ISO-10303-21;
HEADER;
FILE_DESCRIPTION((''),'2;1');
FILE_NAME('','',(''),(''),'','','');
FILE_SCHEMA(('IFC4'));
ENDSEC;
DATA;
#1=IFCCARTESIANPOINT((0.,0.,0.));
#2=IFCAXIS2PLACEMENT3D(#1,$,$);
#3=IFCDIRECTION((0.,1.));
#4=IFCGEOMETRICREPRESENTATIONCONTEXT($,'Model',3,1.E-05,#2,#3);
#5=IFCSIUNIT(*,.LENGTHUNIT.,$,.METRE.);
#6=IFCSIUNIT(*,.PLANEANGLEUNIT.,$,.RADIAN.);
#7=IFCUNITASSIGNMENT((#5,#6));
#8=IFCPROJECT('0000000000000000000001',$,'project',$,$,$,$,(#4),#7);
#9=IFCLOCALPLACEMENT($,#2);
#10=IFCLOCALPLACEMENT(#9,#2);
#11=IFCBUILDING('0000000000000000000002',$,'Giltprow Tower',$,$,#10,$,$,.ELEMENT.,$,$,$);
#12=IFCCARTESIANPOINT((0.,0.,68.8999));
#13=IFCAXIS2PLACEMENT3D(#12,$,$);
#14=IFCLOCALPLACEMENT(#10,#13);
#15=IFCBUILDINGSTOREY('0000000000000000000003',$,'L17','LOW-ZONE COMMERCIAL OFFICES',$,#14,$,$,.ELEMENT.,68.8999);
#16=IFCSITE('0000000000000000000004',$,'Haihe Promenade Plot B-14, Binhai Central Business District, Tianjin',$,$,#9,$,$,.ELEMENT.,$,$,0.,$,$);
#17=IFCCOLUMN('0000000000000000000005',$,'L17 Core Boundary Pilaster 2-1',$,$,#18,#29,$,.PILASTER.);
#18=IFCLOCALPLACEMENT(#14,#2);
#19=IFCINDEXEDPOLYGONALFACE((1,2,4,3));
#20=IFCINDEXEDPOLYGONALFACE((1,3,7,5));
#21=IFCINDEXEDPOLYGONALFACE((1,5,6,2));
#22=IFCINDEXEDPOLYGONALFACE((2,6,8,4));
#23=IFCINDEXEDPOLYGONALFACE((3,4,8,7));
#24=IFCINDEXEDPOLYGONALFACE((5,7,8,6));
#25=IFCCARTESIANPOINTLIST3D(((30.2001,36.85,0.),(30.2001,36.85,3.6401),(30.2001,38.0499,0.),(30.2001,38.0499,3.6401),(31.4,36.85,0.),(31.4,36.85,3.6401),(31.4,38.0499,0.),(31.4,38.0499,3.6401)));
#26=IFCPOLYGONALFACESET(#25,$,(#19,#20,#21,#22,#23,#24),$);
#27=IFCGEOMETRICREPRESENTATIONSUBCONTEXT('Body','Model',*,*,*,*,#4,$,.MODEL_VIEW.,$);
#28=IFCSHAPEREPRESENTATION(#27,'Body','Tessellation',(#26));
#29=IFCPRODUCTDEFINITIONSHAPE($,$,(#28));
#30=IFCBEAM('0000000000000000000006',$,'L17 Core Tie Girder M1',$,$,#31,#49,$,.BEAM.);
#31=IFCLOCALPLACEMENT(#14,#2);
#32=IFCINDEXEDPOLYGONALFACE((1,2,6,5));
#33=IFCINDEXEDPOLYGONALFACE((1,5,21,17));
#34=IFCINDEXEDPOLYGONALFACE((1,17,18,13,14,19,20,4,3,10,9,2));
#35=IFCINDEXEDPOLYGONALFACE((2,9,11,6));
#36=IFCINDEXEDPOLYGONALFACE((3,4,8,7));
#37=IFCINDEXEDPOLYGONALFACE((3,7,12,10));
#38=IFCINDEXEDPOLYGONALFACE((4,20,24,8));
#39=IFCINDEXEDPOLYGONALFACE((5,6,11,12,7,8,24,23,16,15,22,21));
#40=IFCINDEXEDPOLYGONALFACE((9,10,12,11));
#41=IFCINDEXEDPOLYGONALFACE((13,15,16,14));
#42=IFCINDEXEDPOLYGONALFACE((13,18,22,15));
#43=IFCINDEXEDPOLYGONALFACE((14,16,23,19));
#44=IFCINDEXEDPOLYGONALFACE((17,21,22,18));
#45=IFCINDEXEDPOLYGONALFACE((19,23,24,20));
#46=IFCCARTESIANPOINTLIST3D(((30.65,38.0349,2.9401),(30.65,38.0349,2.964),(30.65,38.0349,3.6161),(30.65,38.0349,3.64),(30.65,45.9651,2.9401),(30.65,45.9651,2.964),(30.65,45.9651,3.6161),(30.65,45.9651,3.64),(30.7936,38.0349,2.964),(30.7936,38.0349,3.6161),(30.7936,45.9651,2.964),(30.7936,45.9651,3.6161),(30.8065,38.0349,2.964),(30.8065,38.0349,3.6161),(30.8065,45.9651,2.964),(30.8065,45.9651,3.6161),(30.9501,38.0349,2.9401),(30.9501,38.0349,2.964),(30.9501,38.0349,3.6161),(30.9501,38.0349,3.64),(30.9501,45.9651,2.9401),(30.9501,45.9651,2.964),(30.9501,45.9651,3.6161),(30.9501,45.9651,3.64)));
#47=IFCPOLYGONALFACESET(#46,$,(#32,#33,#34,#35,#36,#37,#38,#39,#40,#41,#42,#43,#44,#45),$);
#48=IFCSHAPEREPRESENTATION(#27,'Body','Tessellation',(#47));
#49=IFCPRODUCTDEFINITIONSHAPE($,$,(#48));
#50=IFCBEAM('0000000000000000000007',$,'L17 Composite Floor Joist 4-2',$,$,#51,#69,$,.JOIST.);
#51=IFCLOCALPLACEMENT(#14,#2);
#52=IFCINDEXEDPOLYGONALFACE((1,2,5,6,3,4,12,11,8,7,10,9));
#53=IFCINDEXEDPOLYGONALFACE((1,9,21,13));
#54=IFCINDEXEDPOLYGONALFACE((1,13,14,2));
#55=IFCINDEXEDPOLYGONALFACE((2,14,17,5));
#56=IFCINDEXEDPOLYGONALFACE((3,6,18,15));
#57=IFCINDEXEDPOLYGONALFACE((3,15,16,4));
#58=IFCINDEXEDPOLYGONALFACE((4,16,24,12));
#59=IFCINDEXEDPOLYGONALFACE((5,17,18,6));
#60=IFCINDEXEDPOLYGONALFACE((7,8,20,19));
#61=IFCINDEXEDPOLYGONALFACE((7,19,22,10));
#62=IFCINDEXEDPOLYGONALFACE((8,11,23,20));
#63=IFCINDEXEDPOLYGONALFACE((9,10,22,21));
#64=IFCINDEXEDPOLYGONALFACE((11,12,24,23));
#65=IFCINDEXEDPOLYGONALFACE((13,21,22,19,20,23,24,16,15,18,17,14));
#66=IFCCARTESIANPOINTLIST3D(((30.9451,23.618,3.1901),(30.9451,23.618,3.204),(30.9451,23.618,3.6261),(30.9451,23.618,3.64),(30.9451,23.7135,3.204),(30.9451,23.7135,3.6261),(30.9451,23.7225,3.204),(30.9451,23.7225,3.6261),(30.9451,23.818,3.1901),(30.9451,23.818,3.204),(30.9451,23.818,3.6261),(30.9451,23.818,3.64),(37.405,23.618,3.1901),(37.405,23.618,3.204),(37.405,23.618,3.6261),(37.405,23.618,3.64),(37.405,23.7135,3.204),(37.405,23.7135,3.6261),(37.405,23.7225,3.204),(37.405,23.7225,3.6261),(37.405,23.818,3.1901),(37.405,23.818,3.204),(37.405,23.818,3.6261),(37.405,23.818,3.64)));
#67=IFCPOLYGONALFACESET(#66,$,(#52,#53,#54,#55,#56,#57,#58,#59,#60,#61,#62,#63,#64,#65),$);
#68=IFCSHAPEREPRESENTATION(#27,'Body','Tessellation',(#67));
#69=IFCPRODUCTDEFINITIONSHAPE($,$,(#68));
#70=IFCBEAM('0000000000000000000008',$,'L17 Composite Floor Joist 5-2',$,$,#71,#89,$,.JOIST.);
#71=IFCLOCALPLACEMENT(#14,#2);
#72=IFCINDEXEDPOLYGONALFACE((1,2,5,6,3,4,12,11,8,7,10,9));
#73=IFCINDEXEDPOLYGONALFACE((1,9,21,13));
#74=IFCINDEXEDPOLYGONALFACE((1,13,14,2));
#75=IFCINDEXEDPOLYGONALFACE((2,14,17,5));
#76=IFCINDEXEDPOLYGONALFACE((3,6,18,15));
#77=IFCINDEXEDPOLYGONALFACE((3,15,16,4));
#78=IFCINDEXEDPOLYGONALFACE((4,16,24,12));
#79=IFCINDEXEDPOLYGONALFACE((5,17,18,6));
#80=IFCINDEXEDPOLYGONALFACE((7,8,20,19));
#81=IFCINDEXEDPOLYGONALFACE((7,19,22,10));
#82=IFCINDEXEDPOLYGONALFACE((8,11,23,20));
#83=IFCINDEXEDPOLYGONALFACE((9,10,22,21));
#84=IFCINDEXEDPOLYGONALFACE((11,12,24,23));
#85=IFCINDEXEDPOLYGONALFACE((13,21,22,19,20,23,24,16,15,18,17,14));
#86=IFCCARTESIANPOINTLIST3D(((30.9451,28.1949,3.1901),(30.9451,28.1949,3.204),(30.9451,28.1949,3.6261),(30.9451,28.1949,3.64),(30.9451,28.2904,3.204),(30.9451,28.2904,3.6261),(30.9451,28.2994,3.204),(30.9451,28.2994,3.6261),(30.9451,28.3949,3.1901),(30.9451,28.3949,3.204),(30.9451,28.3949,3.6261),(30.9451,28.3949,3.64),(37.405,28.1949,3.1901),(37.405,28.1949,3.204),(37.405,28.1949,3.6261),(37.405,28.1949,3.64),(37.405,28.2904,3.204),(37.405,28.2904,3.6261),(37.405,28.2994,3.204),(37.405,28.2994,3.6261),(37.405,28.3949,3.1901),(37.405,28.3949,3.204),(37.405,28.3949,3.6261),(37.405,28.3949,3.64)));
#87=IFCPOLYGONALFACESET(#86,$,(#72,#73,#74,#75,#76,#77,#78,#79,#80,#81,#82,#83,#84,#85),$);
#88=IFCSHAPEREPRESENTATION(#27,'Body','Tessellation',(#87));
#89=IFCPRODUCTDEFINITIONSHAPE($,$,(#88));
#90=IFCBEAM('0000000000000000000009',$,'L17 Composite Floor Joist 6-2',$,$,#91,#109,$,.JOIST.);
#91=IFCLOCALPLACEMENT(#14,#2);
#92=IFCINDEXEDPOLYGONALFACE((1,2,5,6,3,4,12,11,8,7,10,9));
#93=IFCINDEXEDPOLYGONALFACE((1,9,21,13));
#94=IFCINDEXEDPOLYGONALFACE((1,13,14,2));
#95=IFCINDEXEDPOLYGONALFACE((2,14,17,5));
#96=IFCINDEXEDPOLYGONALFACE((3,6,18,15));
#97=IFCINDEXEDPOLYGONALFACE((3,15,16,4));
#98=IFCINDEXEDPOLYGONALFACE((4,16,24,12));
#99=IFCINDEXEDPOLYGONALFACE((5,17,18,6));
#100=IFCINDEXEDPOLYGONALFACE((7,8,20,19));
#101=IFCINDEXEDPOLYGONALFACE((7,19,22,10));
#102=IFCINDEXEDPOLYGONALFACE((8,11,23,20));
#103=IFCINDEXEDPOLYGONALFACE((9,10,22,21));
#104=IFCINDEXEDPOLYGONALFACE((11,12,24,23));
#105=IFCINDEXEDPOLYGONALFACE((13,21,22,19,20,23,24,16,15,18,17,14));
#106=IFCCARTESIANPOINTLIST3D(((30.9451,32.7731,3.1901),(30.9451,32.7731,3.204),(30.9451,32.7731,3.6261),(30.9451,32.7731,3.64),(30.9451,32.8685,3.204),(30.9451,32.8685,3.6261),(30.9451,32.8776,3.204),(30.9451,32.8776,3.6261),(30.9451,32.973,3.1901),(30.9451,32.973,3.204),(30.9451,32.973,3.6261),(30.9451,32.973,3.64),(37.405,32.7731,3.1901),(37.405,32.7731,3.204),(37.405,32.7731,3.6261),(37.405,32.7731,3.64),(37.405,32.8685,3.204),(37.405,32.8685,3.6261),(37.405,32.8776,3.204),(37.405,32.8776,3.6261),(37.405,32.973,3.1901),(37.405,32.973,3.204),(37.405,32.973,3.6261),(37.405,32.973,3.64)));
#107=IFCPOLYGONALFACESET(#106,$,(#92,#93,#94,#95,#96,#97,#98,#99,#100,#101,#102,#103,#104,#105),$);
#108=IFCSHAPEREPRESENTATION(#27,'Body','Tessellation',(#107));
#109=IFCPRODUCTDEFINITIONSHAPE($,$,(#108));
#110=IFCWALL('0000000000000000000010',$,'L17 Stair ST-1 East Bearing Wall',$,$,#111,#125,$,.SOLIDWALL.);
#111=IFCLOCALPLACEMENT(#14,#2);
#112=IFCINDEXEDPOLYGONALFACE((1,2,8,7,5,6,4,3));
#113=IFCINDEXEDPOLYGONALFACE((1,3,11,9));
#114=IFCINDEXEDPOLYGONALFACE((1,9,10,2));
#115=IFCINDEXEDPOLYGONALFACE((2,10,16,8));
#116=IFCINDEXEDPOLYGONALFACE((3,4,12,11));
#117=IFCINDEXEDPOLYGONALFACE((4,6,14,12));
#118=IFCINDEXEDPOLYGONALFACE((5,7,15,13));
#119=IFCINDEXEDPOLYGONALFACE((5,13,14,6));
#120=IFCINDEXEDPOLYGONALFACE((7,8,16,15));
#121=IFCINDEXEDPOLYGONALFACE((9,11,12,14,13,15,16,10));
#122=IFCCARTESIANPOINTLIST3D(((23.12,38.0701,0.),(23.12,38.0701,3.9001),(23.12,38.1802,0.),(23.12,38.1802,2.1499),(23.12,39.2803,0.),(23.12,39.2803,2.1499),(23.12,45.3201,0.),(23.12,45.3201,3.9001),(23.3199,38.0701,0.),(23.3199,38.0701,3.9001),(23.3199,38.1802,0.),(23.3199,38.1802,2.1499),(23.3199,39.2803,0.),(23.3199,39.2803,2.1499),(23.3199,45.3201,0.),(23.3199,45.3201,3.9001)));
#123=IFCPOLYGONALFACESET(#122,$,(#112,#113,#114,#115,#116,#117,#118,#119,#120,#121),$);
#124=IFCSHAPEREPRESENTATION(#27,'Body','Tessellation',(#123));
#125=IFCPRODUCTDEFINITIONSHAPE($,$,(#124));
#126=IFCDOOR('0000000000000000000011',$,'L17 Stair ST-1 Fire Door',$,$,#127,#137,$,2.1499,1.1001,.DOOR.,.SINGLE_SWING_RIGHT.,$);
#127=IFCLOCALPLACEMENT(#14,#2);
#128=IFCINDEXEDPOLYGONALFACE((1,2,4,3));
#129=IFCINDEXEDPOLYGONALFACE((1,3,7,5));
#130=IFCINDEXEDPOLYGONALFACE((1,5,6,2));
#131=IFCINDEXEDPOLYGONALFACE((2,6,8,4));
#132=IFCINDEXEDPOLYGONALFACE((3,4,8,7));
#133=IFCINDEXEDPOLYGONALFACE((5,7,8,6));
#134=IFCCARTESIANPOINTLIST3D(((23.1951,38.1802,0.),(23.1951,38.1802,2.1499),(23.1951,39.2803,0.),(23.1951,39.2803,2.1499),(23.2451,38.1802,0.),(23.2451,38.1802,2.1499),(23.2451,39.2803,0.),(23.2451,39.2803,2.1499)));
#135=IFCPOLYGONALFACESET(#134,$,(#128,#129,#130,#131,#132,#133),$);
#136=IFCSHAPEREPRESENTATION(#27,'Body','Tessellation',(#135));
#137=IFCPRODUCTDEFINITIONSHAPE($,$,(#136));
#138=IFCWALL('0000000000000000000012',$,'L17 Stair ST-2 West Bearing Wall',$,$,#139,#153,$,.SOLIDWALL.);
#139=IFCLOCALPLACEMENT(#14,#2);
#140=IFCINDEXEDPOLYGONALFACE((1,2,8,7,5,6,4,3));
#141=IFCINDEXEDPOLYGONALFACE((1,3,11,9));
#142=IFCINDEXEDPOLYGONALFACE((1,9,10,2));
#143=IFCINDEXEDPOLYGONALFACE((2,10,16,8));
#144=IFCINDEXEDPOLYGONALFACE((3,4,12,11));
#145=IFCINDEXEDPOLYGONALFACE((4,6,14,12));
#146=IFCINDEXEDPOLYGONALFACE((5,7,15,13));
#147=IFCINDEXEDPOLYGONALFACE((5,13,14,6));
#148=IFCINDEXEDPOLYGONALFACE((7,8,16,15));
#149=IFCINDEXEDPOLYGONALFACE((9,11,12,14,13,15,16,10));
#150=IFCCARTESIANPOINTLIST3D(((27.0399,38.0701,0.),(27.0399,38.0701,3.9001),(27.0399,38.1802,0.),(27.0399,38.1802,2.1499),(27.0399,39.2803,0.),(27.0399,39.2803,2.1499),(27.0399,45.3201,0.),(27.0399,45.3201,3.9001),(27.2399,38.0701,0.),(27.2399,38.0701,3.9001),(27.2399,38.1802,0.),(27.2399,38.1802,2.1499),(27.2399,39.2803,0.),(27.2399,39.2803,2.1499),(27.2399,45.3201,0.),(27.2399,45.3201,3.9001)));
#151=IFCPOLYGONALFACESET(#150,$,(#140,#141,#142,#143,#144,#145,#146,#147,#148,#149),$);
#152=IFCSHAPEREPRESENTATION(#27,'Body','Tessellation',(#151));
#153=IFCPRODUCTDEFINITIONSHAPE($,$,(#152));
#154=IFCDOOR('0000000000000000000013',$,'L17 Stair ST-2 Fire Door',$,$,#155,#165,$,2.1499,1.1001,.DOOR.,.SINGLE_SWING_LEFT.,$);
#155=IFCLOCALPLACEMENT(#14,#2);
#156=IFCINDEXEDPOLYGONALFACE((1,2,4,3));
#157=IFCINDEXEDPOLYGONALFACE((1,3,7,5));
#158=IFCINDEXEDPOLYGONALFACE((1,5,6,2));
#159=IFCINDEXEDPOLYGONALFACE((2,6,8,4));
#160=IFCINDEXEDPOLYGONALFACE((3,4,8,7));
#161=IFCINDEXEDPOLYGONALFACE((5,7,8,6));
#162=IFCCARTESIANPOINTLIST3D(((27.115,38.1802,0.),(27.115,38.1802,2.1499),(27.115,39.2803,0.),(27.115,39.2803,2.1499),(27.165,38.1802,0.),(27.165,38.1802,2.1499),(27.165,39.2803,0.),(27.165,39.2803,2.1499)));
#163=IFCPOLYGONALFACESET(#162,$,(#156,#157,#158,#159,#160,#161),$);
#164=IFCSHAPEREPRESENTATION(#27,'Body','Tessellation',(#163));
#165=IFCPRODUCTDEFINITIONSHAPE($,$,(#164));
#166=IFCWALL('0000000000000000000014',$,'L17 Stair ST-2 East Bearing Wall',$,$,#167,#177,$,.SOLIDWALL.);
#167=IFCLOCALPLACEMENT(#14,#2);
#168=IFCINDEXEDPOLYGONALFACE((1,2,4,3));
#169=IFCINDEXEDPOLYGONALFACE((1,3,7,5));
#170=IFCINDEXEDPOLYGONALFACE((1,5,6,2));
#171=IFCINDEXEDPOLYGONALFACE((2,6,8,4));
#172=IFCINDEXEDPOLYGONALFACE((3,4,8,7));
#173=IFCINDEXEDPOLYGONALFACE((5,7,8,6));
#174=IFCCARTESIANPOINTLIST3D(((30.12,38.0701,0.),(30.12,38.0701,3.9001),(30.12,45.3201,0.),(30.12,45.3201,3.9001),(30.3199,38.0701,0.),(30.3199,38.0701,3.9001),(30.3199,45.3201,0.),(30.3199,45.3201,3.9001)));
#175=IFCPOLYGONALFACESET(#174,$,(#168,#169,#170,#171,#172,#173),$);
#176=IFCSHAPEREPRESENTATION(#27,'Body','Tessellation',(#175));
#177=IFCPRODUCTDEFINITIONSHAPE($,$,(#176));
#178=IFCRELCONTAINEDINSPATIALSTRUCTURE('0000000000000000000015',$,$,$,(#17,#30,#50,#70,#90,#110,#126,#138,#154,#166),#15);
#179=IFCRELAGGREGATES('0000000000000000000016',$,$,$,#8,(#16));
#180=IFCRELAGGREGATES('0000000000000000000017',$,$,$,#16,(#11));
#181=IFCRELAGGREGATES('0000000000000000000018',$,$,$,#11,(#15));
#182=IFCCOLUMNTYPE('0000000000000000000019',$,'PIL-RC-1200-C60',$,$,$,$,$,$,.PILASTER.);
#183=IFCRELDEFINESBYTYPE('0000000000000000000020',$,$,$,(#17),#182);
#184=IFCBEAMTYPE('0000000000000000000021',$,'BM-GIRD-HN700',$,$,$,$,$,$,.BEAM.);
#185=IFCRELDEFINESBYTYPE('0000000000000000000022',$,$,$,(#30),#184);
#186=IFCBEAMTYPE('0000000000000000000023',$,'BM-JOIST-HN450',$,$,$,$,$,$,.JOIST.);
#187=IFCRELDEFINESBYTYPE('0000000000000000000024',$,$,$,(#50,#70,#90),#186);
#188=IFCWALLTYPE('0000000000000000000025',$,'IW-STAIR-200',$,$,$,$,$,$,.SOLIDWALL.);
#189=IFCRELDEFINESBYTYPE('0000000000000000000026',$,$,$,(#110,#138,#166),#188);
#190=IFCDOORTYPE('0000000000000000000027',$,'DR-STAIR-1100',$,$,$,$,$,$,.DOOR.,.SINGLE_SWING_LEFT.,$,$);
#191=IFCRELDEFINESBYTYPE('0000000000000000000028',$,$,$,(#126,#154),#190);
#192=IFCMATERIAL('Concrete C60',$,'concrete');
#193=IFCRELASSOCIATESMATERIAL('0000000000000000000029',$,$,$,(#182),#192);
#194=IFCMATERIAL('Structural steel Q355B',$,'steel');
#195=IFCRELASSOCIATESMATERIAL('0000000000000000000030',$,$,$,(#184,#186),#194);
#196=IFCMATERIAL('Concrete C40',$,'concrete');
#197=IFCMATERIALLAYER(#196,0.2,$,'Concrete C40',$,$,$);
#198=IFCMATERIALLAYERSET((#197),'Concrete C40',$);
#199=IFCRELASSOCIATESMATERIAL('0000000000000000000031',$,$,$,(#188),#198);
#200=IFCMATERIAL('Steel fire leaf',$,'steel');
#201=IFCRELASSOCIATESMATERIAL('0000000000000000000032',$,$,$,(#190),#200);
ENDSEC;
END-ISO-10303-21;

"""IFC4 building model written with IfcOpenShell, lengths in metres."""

from ifc_helpers import new_model, si_unit, direction, frame, frame_2d, origin, origin_2d, place, context, subcontext, project, spatial, rectangle, i_section, extrude, source, transform, mapped, material, layer, layer_set, material_profile, profile_set, type_object, element, fill, save


model = new_model("IFC4")

# Units and contexts
model_context = context("Model", 3, precision=1e-05, world=origin(), true_north=direction((0.0, 1.0)))
body_context = subcontext(model_context, "Body", "Model", "MODEL_VIEW")
ifc_project = project(units=[si_unit("LENGTHUNIT", "METRE"), si_unit("PLANEANGLEUNIT", "RADIAN")], contexts=[model_context])

# Site, building, storey
site_placement = place(None, origin())
site = spatial("IfcSite", under=ifc_project, at=site_placement, Name="Haihe Promenade Plot B-14, Binhai Central Business District, Tianjin", CompositionType="ELEMENT", RefElevation=0.0)
building_placement = place(site_placement, origin())
building = spatial("IfcBuilding", under=site, at=building_placement, Name="Giltprow Tower", CompositionType="ELEMENT")
storey_placement = place(building_placement, frame((0.0, 0.0, 68.8999)))
storey = spatial("IfcBuildingStorey", under=building, at=storey_placement, Name="L17", Description="LOW-ZONE COMMERCIAL OFFICES", CompositionType="ELEMENT", Elevation=68.8999)

# Column
ifc_material_1 = material(Name="Concrete C60", Category="concrete")
ifc_material_profile_1 = material_profile(ifc_material_1, rectangle(XDim=1.2, YDim=1.2, at=origin_2d()), Name="RC 1200x1200")
ifc_profile_set_1 = profile_set([ifc_material_profile_1], Name="Concrete C60")
column_type = type_object("IfcColumnType", Name="PIL-RC-1200-C60", PredefinedType="PILASTER", material=ifc_profile_set_1)
shared_shape_1 = source(origin(), body_context, "Body", "SweptSolid", [
    extrude(rectangle(XDim=1.2, YDim=1.2, at=origin_2d()), origin(), (0.0, 0.0, 1.0), 3.6401),
])
column_placement = place(storey_placement, frame((30.8, 37.45, 0.0), z_axis=(0.0, 0.0, 1.0), x_axis=(1.0, 0.0, 0.0)))
element("IfcColumn", 1, at=column_placement, inside=storey, type_object=column_type, Name="L17 Core Boundary Pilaster 2-1", PredefinedType="PILASTER", context=body_context, shape_type="MappedRepresentation", body=[
    mapped(shared_shape_1, transform((0.0, 0.0, 0.0), x_axis=(1.0, 0.0, 0.0), y_axis=(0.0, 1.0, 0.0), z_axis=(0.0, 0.0, 1.0), scale=1.0)),
])

# Beams
ifc_material_2 = material(Name="Structural steel Q355B", Category="steel")
ifc_material_profile_2 = material_profile(ifc_material_2, i_section(OverallWidth=0.3, OverallDepth=0.7, WebThickness=0.0129, FlangeThickness=0.0239, at=origin_2d()), Name="HN 700x300x13x24")
ifc_profile_set_2 = profile_set([ifc_material_profile_2], Name="Structural steel Q355B")
beam_type_1 = type_object("IfcBeamType", Name="BM-GIRD-HN700", PredefinedType="BEAM", material=ifc_profile_set_2)
shared_shape_2 = source(origin(), body_context, "Body", "SweptSolid", [
    extrude(i_section(OverallWidth=0.3, OverallDepth=0.7, WebThickness=0.0129, FlangeThickness=0.0239, at=origin_2d()), origin(), (0.0, 0.0, 1.0), 7.9302),
])
beam_placement = place(storey_placement, frame((30.8, 38.0349, 3.29), z_axis=(0.0, 1.0, 0.0), x_axis=(-1.0, 0.0, 0.0)))
element("IfcBeam", 2, at=beam_placement, inside=storey, type_object=beam_type_1, Name="L17 Core Tie Girder M1", PredefinedType="BEAM", context=body_context, shape_type="MappedRepresentation", body=[
    mapped(shared_shape_2, transform((0.0, 0.0, 0.0), x_axis=(1.0, 0.0, 0.0), y_axis=(0.0, 1.0, 0.0), z_axis=(0.0, 0.0, 1.0), scale=1.0)),
])
ifc_material_profile_3 = material_profile(ifc_material_2, i_section(OverallWidth=0.2, OverallDepth=0.45, WebThickness=0.009, FlangeThickness=0.0139, at=origin_2d()), Name="HN 450x200x9x14")
ifc_profile_set_3 = profile_set([ifc_material_profile_3], Name="Structural steel Q355B")
beam_type_2 = type_object("IfcBeamType", Name="BM-JOIST-HN450", PredefinedType="JOIST", material=ifc_profile_set_3)
shared_shape_3 = source(origin(), body_context, "Body", "SweptSolid", [
    extrude(i_section(OverallWidth=0.2, OverallDepth=0.45, WebThickness=0.009, FlangeThickness=0.0139, at=origin_2d()), origin(), (0.0, 0.0, 1.0), 6.46),
])
for number, where, z_axis, x_axis, name in (
    (3, (30.9451, 23.718, 3.415), (1.0, 0.0, 0.0), (0.0, 1.0, 0.0), "L17 Composite Floor Joist 4-2"),
    (4, (30.9451, 28.2949, 3.415), (1.0, 0.0, 0.0), (0.0, 1.0, 0.0), "L17 Composite Floor Joist 5-2"),
    (5, (30.9451, 32.873, 3.415), (1.0, 0.0, 0.0), (0.0, 1.0, 0.0), "L17 Composite Floor Joist 6-2"),
):
    element("IfcBeam", number, at=place(storey_placement, frame(where, z_axis=z_axis, x_axis=x_axis)), inside=storey, type_object=beam_type_2, Name=name, PredefinedType="JOIST", context=body_context, shape_type="MappedRepresentation", body=[
        mapped(shared_shape_3, transform((0.0, 0.0, 0.0), x_axis=(1.0, 0.0, 0.0), y_axis=(0.0, 1.0, 0.0), z_axis=(0.0, 0.0, 1.0), scale=1.0)),
    ])

# Walls, openings, doors
ifc_material_3 = material(Name="Concrete C40", Category="concrete")
ifc_layer_1 = layer(ifc_material_3, 0.2, Name="Concrete C40")
ifc_layer_set_1 = layer_set([ifc_layer_1], Name="Concrete C40")
wall_type_1 = type_object("IfcWallType", Name="IW-STAIR-200", PredefinedType="SOLIDWALL", material=ifc_layer_set_1)
wall_1_placement = place(storey_placement, frame((23.22, 38.0701, 0.0), z_axis=(0.0, 0.0, 1.0), x_axis=(0.0, 1.0, 0.0)))
wall_1 = element("IfcWall", 6, at=wall_1_placement, inside=storey, type_object=wall_type_1, Name="L17 Stair ST-1 East Bearing Wall", PredefinedType="SOLIDWALL", context=body_context, shape_type="SweptSolid", body=[
    extrude(rectangle(XDim=7.25, YDim=0.2, at=frame_2d((3.625, 0.0))), origin(), (0.0, 0.0, 1.0), 3.9001),
])
opening_1_placement = place(wall_1_placement, frame((0.1101, 0.0, 0.0)))
opening_1 = element("IfcOpeningElement", 7, at=opening_1_placement, cuts=wall_1, PredefinedType="OPENING", context=body_context, shape_type="SweptSolid", body=[
    extrude(rectangle(XDim=1.1001, YDim=2.1499, at=frame_2d((0.55, 1.075))), frame((0.0, 0.1099, 0.0), z_axis=(0.0, -1.0, 0.0), x_axis=(1.0, 0.0, 0.0)), (0.0, 0.0, 1.0), 0.22),
])
ifc_material_4 = material(Name="Steel fire leaf", Category="steel")
door_type_1 = type_object("IfcDoorType", Name="DR-STAIR-1100", OperationType="SINGLE_SWING_LEFT", PredefinedType="DOOR", material=ifc_material_4)
shared_shape_4 = source(origin(), body_context, "Body", "SweptSolid", [
    extrude(rectangle(XDim=1.1001, YDim=2.1499, at=frame_2d((0.55, 1.075))), frame((0.0, 0.0249, 0.0), z_axis=(0.0, -1.0, 0.0), x_axis=(1.0, 0.0, 0.0)), (0.0, 0.0, 1.0), 0.05),
])
door_1_placement = place(opening_1_placement, origin())
door_1 = element("IfcDoor", 8, at=door_1_placement, inside=storey, type_object=door_type_1, Name="L17 Stair ST-1 Fire Door", OperationType="SINGLE_SWING_RIGHT", OverallHeight=2.1499, OverallWidth=1.1001, PredefinedType="DOOR", context=body_context, shape_type="MappedRepresentation", body=[
    mapped(shared_shape_4, transform((0.0, 0.0, 0.0), x_axis=(1.0, 0.0, 0.0), y_axis=(0.0, 1.0, 0.0), z_axis=(0.0, 0.0, 1.0), scale=1.0)),
])
fill(opening_1, door_1)
wall_2_placement = place(storey_placement, frame((27.1399, 38.0701, 0.0), z_axis=(0.0, 0.0, 1.0), x_axis=(0.0, 1.0, 0.0)))
wall_2 = element("IfcWall", 9, at=wall_2_placement, inside=storey, type_object=wall_type_1, Name="L17 Stair ST-2 West Bearing Wall", PredefinedType="SOLIDWALL", context=body_context, shape_type="SweptSolid", body=[
    extrude(rectangle(XDim=7.25, YDim=0.2, at=frame_2d((3.625, 0.0))), origin(), (0.0, 0.0, 1.0), 3.9001),
])
opening_2_placement = place(wall_2_placement, frame((0.1101, 0.0, 0.0)))
opening_2 = element("IfcOpeningElement", 10, at=opening_2_placement, cuts=wall_2, PredefinedType="OPENING", context=body_context, shape_type="SweptSolid", body=[
    extrude(rectangle(XDim=1.1001, YDim=2.1499, at=frame_2d((0.55, 1.075))), frame((0.0, 0.1099, 0.0), z_axis=(0.0, -1.0, 0.0), x_axis=(1.0, 0.0, 0.0)), (0.0, 0.0, 1.0), 0.22),
])
door_2_placement = place(opening_2_placement, origin())
door_2 = element("IfcDoor", 11, at=door_2_placement, inside=storey, type_object=door_type_1, Name="L17 Stair ST-2 Fire Door", OperationType="SINGLE_SWING_LEFT", OverallHeight=2.1499, OverallWidth=1.1001, PredefinedType="DOOR", context=body_context, shape_type="MappedRepresentation", body=[
    mapped(shared_shape_4, transform((0.0, 0.0, 0.0), x_axis=(1.0, 0.0, 0.0), y_axis=(0.0, 1.0, 0.0), z_axis=(0.0, 0.0, 1.0), scale=1.0)),
])
fill(opening_2, door_2)

# Wall
wall_3_placement = place(storey_placement, frame((30.22, 38.0701, 0.0), z_axis=(0.0, 0.0, 1.0), x_axis=(0.0, 1.0, 0.0)))
element("IfcWall", 12, at=wall_3_placement, inside=storey, type_object=wall_type_1, Name="L17 Stair ST-2 East Bearing Wall", PredefinedType="SOLIDWALL", context=body_context, shape_type="SweptSolid", body=[
    extrude(rectangle(XDim=7.25, YDim=0.2, at=frame_2d((3.625, 0.0))), origin(), (0.0, 0.0, 1.0), 3.9001),
])

save(model, "model.ifc")
